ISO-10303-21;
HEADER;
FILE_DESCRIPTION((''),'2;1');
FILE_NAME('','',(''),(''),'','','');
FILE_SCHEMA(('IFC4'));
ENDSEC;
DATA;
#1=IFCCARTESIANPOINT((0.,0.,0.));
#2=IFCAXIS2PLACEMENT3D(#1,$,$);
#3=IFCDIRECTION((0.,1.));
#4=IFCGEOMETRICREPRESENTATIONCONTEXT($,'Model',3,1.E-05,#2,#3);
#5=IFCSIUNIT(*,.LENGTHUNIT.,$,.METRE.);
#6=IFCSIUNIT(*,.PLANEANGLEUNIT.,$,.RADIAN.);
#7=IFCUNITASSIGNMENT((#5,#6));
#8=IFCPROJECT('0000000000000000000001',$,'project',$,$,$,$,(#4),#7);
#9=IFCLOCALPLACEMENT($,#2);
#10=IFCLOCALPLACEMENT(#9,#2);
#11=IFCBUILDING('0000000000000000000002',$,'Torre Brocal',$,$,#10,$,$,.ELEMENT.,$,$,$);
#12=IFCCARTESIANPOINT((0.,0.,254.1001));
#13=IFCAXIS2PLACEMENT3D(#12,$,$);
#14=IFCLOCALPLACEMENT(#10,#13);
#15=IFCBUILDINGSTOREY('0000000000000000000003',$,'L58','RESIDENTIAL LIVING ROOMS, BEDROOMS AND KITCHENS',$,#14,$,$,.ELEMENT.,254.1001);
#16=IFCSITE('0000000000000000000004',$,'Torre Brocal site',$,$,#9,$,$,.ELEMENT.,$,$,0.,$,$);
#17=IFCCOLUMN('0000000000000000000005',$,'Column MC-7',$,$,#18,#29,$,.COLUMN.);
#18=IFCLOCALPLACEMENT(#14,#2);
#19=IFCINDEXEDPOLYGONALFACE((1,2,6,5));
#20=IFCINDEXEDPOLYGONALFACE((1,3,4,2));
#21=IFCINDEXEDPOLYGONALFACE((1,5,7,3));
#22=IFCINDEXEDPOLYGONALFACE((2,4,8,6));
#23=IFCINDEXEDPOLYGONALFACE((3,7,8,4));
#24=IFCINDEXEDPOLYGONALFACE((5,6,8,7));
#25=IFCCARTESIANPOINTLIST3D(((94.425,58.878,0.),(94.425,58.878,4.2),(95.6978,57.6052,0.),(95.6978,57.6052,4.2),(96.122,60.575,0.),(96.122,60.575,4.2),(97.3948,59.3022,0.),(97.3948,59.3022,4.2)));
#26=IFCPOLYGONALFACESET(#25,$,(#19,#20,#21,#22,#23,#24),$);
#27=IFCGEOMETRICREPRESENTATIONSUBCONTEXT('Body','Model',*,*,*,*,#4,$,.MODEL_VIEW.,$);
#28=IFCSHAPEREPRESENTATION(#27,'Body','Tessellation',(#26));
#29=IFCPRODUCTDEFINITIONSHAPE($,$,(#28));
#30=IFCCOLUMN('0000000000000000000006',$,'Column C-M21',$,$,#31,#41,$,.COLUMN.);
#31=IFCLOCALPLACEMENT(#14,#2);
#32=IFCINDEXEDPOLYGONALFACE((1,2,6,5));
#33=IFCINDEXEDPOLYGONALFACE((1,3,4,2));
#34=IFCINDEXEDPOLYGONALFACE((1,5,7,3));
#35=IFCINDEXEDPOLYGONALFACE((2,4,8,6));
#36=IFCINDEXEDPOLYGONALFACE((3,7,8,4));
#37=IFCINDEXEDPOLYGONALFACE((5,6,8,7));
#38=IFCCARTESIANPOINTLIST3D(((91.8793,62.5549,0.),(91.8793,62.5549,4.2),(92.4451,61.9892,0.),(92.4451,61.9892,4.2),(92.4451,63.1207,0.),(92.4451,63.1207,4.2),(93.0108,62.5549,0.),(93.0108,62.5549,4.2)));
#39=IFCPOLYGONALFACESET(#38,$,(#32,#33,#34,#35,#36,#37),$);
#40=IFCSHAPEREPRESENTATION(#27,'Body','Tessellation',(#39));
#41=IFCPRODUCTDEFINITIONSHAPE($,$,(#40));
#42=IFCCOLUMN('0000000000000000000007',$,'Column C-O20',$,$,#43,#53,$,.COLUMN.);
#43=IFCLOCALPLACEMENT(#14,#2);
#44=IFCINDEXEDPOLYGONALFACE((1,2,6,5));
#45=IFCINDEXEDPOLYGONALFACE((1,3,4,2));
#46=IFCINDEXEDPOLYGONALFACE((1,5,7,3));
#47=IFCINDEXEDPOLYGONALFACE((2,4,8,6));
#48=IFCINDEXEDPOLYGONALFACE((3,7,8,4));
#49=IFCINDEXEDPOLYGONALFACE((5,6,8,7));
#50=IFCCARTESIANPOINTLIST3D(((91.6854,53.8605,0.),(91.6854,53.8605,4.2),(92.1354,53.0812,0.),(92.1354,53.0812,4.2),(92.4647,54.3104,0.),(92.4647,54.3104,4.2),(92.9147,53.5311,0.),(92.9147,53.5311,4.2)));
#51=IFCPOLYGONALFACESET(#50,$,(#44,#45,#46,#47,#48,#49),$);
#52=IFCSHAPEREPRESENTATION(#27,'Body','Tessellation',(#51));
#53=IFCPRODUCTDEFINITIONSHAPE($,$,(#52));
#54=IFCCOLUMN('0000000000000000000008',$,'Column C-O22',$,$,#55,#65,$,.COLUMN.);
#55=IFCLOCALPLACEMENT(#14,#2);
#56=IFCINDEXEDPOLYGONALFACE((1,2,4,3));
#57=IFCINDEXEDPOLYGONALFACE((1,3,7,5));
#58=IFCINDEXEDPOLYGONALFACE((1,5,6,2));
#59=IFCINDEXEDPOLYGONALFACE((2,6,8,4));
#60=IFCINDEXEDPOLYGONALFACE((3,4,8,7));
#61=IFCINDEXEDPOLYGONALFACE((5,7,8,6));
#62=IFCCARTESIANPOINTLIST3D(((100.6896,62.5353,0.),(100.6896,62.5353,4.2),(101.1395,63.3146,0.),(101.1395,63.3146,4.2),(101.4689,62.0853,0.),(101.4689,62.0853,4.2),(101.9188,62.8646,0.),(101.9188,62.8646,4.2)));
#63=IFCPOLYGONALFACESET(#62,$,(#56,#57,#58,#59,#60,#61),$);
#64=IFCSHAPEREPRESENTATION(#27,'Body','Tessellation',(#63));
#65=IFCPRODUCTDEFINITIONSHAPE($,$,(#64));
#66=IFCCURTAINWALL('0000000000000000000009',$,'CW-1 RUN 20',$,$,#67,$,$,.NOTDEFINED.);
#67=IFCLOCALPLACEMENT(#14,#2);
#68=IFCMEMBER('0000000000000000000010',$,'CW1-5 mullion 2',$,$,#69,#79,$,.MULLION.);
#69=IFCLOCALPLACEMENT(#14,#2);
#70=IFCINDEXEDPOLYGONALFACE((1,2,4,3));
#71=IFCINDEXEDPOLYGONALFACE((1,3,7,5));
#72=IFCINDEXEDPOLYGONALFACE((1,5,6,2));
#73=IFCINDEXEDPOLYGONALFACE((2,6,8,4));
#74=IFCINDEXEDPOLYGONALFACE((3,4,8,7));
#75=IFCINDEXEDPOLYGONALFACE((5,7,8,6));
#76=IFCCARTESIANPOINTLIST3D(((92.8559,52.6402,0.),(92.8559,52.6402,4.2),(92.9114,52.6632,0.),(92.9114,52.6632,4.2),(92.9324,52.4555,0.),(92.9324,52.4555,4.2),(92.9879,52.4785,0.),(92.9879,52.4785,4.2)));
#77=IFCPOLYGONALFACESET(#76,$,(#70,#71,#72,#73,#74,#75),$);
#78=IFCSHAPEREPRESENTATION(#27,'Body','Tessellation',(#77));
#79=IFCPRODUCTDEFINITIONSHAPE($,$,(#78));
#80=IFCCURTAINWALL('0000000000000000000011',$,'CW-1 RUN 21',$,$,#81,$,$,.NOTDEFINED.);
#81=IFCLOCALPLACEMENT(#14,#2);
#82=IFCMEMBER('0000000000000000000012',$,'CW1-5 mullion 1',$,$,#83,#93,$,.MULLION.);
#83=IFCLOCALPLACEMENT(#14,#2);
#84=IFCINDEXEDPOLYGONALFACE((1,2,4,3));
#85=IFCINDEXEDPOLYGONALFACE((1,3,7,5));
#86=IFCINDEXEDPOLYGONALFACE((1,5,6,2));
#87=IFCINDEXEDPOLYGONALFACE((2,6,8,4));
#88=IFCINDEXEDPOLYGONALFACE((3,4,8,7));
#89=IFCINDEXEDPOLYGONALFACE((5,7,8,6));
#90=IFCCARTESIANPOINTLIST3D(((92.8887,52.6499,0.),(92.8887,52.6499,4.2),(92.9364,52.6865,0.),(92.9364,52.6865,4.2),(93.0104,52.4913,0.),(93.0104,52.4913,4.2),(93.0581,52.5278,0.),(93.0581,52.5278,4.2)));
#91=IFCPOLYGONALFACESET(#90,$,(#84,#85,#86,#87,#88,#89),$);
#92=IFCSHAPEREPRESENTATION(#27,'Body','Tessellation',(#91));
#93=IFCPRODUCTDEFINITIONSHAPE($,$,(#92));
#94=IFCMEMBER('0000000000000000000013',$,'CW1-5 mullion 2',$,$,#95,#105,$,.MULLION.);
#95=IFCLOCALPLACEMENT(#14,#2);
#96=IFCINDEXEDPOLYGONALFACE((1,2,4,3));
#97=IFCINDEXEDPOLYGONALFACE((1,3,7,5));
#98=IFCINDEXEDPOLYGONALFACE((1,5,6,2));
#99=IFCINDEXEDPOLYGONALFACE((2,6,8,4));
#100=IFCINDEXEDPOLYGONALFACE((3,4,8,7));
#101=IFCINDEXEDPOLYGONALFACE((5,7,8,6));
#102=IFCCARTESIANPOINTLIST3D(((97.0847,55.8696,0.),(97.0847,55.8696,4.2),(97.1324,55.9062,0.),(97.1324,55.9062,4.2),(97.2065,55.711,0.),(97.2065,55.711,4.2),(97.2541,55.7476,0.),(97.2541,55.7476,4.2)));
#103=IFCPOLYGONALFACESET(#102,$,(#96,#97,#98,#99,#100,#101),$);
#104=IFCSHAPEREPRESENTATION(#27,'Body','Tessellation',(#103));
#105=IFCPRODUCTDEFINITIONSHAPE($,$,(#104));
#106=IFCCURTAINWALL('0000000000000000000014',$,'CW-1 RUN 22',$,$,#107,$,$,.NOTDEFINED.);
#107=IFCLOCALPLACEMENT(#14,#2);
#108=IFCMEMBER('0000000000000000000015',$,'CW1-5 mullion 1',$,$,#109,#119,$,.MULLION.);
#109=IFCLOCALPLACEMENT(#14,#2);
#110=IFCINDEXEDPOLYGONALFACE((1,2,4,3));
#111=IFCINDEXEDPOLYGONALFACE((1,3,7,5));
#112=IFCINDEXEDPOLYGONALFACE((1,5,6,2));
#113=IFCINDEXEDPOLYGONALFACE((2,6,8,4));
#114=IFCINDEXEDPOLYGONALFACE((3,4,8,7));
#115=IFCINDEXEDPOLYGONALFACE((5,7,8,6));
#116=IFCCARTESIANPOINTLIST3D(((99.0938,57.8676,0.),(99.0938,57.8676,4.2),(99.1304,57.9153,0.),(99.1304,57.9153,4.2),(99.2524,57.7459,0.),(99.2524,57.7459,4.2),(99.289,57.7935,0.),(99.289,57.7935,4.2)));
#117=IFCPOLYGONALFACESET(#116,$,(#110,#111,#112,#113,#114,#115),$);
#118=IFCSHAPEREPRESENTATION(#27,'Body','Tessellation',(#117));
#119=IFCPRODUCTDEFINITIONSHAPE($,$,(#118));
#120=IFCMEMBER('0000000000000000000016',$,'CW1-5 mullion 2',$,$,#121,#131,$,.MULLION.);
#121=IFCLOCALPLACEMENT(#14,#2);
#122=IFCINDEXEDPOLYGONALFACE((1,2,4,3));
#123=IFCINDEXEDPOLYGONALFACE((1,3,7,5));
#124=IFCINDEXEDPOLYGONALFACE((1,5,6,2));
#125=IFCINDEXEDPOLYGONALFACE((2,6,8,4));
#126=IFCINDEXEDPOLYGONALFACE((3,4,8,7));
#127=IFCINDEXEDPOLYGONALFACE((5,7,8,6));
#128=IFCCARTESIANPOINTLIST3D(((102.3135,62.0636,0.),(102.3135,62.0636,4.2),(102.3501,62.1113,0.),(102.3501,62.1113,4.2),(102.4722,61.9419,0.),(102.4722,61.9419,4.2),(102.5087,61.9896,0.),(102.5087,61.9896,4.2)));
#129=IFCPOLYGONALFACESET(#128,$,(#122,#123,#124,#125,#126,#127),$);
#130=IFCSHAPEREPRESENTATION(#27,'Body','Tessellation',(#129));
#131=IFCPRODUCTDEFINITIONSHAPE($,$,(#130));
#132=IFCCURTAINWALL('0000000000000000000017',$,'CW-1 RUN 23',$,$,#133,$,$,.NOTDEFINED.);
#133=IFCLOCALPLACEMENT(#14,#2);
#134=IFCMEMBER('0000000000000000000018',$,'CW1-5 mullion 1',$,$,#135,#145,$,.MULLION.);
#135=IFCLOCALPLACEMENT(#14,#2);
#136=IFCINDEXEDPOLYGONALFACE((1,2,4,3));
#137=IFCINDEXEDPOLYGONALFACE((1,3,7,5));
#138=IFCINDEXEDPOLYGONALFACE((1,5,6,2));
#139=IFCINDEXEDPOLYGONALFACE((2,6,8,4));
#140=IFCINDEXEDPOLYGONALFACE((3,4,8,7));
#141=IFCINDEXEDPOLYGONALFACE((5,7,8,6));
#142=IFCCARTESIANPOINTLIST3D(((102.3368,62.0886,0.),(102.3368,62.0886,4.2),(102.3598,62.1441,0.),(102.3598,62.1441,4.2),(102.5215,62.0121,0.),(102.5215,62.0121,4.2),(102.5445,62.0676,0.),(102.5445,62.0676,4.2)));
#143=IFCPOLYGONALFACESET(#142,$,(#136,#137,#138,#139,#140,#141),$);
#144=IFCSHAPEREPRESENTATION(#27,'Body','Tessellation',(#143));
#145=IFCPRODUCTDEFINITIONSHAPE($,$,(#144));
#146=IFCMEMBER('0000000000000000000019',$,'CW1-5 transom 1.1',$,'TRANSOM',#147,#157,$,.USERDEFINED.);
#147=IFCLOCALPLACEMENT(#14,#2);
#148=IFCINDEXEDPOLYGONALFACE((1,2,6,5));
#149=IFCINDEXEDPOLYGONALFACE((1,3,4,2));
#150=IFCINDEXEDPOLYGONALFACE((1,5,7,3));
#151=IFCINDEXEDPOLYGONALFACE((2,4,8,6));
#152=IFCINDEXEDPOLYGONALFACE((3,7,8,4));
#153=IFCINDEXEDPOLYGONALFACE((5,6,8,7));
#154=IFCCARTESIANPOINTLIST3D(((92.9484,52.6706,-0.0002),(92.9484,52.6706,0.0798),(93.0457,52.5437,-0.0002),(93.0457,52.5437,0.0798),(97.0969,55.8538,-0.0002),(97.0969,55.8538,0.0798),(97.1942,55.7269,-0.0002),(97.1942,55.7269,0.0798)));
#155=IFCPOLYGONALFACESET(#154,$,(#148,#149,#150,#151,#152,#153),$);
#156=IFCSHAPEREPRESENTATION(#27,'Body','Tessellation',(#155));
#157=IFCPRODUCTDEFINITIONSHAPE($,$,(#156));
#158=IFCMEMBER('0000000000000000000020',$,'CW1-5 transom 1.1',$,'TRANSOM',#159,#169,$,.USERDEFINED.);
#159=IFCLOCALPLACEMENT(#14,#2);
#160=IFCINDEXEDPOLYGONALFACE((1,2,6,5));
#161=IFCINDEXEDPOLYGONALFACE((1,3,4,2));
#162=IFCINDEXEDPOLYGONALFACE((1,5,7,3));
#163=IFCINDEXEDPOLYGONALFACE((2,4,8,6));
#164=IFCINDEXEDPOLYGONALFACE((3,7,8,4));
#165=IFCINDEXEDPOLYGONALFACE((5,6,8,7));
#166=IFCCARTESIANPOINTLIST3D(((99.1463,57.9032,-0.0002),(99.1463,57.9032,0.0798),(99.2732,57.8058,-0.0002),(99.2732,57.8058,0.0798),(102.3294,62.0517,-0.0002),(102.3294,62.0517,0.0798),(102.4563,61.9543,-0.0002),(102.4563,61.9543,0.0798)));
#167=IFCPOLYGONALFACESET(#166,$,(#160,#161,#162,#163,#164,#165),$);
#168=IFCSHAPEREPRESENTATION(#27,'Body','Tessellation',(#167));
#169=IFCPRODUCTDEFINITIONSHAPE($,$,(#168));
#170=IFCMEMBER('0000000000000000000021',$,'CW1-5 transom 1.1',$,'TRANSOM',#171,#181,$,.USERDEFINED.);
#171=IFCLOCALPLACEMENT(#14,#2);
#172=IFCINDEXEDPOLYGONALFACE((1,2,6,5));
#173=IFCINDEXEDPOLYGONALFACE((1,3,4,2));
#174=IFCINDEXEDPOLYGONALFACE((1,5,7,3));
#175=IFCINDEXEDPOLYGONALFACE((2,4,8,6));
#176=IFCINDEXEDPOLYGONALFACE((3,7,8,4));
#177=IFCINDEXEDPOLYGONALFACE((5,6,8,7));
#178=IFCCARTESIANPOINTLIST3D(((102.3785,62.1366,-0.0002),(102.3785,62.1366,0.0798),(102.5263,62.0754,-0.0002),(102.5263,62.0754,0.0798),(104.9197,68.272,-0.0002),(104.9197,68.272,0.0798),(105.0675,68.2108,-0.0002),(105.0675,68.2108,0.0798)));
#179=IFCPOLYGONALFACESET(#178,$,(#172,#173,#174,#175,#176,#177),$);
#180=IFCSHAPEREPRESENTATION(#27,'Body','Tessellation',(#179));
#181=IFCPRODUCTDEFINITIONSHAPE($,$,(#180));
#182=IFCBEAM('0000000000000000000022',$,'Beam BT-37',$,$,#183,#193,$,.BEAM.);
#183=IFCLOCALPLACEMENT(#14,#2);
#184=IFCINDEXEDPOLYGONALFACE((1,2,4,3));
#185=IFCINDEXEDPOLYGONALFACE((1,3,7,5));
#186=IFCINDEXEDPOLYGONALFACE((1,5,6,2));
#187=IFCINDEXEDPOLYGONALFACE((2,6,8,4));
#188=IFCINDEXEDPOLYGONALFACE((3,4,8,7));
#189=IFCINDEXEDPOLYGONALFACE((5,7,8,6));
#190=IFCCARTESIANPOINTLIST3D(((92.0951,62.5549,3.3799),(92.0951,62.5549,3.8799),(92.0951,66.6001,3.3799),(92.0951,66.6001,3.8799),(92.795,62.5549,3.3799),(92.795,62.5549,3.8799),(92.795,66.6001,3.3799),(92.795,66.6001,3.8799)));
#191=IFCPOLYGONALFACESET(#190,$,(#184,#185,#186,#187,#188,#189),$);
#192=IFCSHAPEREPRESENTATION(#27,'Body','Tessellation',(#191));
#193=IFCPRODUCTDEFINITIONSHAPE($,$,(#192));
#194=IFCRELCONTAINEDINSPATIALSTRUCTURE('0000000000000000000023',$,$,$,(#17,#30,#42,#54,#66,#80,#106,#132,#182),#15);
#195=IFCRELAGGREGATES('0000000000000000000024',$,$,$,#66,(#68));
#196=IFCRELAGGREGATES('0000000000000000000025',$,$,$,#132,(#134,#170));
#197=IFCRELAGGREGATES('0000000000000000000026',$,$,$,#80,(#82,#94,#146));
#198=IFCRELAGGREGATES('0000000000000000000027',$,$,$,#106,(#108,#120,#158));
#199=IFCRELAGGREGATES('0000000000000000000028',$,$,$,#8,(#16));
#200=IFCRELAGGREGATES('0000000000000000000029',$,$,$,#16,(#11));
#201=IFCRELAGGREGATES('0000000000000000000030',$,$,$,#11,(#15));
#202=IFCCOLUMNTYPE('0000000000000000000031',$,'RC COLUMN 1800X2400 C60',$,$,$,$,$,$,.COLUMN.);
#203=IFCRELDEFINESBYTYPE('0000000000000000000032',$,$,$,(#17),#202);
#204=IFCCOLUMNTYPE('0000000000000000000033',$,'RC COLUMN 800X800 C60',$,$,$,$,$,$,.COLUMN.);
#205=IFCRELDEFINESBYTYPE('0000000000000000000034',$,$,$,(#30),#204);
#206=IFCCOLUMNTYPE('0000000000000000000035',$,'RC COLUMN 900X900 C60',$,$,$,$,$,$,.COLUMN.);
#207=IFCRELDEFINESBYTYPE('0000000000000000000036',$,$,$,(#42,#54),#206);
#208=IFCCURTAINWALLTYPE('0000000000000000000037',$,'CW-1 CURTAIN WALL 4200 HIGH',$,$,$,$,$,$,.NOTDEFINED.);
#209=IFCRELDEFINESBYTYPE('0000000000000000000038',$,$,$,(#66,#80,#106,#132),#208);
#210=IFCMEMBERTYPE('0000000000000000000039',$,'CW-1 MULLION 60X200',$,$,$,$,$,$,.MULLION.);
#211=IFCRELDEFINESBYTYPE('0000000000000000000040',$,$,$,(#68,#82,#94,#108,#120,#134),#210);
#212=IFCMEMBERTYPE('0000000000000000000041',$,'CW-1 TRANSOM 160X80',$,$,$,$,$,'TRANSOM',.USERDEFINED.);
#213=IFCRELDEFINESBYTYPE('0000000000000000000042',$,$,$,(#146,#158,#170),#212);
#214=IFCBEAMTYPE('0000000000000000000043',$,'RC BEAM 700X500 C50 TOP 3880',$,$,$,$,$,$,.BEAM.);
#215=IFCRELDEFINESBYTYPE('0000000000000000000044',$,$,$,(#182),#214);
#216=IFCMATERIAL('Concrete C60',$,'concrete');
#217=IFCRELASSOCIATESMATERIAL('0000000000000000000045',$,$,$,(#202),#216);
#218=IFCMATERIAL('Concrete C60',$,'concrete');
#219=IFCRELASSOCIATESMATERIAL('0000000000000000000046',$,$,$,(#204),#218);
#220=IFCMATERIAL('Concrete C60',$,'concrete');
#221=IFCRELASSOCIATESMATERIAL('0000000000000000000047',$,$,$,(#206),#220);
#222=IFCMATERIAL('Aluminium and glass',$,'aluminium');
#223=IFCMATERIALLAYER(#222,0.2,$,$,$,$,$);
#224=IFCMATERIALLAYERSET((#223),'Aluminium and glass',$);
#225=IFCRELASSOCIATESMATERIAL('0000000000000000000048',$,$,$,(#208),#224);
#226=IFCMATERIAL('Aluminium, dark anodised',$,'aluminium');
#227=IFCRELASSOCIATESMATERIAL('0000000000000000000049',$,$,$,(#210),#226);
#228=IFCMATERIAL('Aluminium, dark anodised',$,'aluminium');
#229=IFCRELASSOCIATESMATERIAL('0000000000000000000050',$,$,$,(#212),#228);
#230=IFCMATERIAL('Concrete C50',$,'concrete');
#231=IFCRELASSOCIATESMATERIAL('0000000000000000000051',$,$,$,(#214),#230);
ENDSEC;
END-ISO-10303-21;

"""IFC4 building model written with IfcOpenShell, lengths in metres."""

from ifc_helpers import new_model, si_unit, direction, frame, origin, origin_2d, place, context, subcontext, project, spatial, rectangle, extrude, material, layer, layer_set, material_profile, profile_set, type_object, element, aggregate, save


model = new_model("IFC4")

# Units and contexts
model_context = context("Model", 3, precision=1e-05, world=origin(), true_north=direction((0.0, 1.0)))
body_context = subcontext(model_context, "Body", "Model", "MODEL_VIEW")
ifc_project = project(units=[si_unit("LENGTHUNIT", "METRE"), si_unit("PLANEANGLEUNIT", "RADIAN")], contexts=[model_context])

# Site, building, storey
site_placement = place(None, origin())
site = spatial("IfcSite", under=ifc_project, at=site_placement, Name="Torre Brocal site", CompositionType="ELEMENT", RefElevation=0.0)
building_placement = place(site_placement, origin())
building = spatial("IfcBuilding", under=site, at=building_placement, Name="Torre Brocal", CompositionType="ELEMENT")
storey_placement = place(building_placement, frame((0.0, 0.0, 254.1001)))
storey = spatial("IfcBuildingStorey", under=building, at=storey_placement, Name="L58", Description="RESIDENTIAL LIVING ROOMS, BEDROOMS AND KITCHENS", CompositionType="ELEMENT", Elevation=254.1001)

# Columns
ifc_material_1 = material(Name="Concrete C60", Category="concrete")
ifc_material_profile_1 = material_profile(ifc_material_1, rectangle(XDim=1.8, YDim=2.3999, at=origin_2d()), Name="RC 1800X2400")
ifc_profile_set_1 = profile_set([ifc_material_profile_1], Name="Concrete C60")
column_type_1 = type_object("IfcColumnType", Name="RC COLUMN 1800X2400 C60", PredefinedType="COLUMN", material=ifc_profile_set_1)
column_1_placement = place(storey_placement, frame((95.9099, 59.0901, 0.0), z_axis=(0.0, 0.0, 1.0), x_axis=(0.707107, -0.707107, 0.0)))
element("IfcColumn", 1, at=column_1_placement, inside=storey, type_object=column_type_1, Name="Column MC-7", PredefinedType="COLUMN", context=body_context, shape_type="SweptSolid", body=[
    extrude(rectangle(XDim=1.8, YDim=2.3999, at=origin_2d()), origin(), (0.0, 0.0, 1.0), 4.2),
])
ifc_material_2 = material(Name="Concrete C60", Category="concrete")
ifc_material_profile_2 = material_profile(ifc_material_2, rectangle(XDim=0.8, YDim=0.8, at=origin_2d()), Name="RC 800X800")
ifc_profile_set_2 = profile_set([ifc_material_profile_2], Name="Concrete C60")
column_type_2 = type_object("IfcColumnType", Name="RC COLUMN 800X800 C60", PredefinedType="COLUMN", material=ifc_profile_set_2)
column_2_placement = place(storey_placement, frame((92.4451, 62.5549, 0.0), z_axis=(0.0, 0.0, 1.0), x_axis=(0.707107, -0.707107, 0.0)))
element("IfcColumn", 2, at=column_2_placement, inside=storey, type_object=column_type_2, Name="Column C-M21", PredefinedType="COLUMN", context=body_context, shape_type="SweptSolid", body=[
    extrude(rectangle(XDim=0.8, YDim=0.8, at=origin_2d()), origin(), (0.0, 0.0, 1.0), 4.2),
])
ifc_material_3 = material(Name="Concrete C60", Category="concrete")
ifc_material_profile_3 = material_profile(ifc_material_3, rectangle(XDim=0.8999, YDim=0.8999, at=origin_2d()), Name="RC 900X900")
ifc_profile_set_3 = profile_set([ifc_material_profile_3], Name="Concrete C60")
column_type_3 = type_object("IfcColumnType", Name="RC COLUMN 900X900 C60", PredefinedType="COLUMN", material=ifc_profile_set_3)
for number, where, z_axis, x_axis, name in (
    (3, (92.3, 53.6958, 0.0), (0.0, 0.0, 1.0), (0.5, -0.866025, 0.0), "Column C-O20"),
    (4, (101.3042, 62.7, 0.0), (0.0, 0.0, 1.0), (0.866025, -0.5, 0.0), "Column C-O22"),
):
    element("IfcColumn", number, at=place(storey_placement, frame(where, z_axis=z_axis, x_axis=x_axis)), inside=storey, type_object=column_type_3, Name=name, PredefinedType="COLUMN", context=body_context, shape_type="SweptSolid", body=[
        extrude(rectangle(XDim=0.8999, YDim=0.8999, at=origin_2d()), origin(), (0.0, 0.0, 1.0), 4.2),
    ])

# Curtain wall, member
ifc_material_4 = material(Name="Aluminium and glass", Category="aluminium")
ifc_layer_1 = layer(ifc_material_4, 0.2)
ifc_layer_set_1 = layer_set([ifc_layer_1], Name="Aluminium and glass")
curtain_wall_type = type_object("IfcCurtainWallType", Name="CW-1 CURTAIN WALL 4200 HIGH", PredefinedType="NOTDEFINED", material=ifc_layer_set_1)
curtain_wall_1_placement = place(storey_placement, origin())
curtain_wall_1 = element("IfcCurtainWall", 5, at=curtain_wall_1_placement, inside=storey, type_object=curtain_wall_type, Name="CW-1 RUN 20", PredefinedType="NOTDEFINED")
ifc_material_5 = material(Name="Aluminium, dark anodised", Category="aluminium")
ifc_material_profile_4 = material_profile(ifc_material_5, rectangle(XDim=0.2, YDim=0.0601, at=origin_2d()), Name="CW-1 MULLION 60X200")
ifc_profile_set_4 = profile_set([ifc_material_profile_4], Name="Aluminium, dark anodised")
member_type_1 = type_object("IfcMemberType", Name="CW-1 MULLION 60X200", PredefinedType="MULLION", material=ifc_profile_set_4)
member_1_placement = place(storey_placement, frame((92.9219, 52.5593, 0.0), z_axis=(0.0, 0.0, 1.0), x_axis=(-0.382683, 0.92388, 0.0)))
member_1 = element("IfcMember", 6, at=member_1_placement, type_object=member_type_1, Name="CW1-5 mullion 2", PredefinedType="MULLION", context=body_context, shape_type="SweptSolid", body=[
    extrude(rectangle(XDim=0.2, YDim=0.0601, at=origin_2d()), origin(), (0.0, 0.0, 1.0), 4.2),
])
aggregate(curtain_wall_1, [member_1])

# Curtain walls, members
curtain_wall_2_placement = place(storey_placement, origin())
curtain_wall_2 = element("IfcCurtainWall", 7, at=curtain_wall_2_placement, inside=storey, type_object=curtain_wall_type, Name="CW-1 RUN 21", PredefinedType="NOTDEFINED")
member_2_placement = place(storey_placement, frame((92.9734, 52.5889, 0.0), z_axis=(0.0, 0.0, 1.0), x_axis=(-0.608761, 0.793353, 0.0)))
member_2 = element("IfcMember", 8, at=member_2_placement, type_object=member_type_1, Name="CW1-5 mullion 1", PredefinedType="MULLION", context=body_context, shape_type="SweptSolid", body=[
    extrude(rectangle(XDim=0.2, YDim=0.0601, at=origin_2d()), origin(), (0.0, 0.0, 1.0), 4.2),
])
member_3_placement = place(storey_placement, frame((97.1694, 55.8086, 0.0), z_axis=(0.0, 0.0, 1.0), x_axis=(-0.608761, 0.793353, 0.0)))
member_3 = element("IfcMember", 9, at=member_3_placement, type_object=member_type_1, Name="CW1-5 mullion 2", PredefinedType="MULLION", context=body_context, shape_type="SweptSolid", body=[
    extrude(rectangle(XDim=0.2, YDim=0.0601, at=origin_2d()), origin(), (0.0, 0.0, 1.0), 4.2),
])
curtain_wall_3_placement = place(storey_placement, origin())
curtain_wall_3 = element("IfcCurtainWall", 10, at=curtain_wall_3_placement, inside=storey, type_object=curtain_wall_type, Name="CW-1 RUN 22", PredefinedType="NOTDEFINED")
member_4_placement = place(storey_placement, frame((99.1914, 57.8306, 0.0), z_axis=(0.0, 0.0, 1.0), x_axis=(-0.793353, 0.608761, 0.0)))
member_4 = element("IfcMember", 11, at=member_4_placement, type_object=member_type_1, Name="CW1-5 mullion 1", PredefinedType="MULLION", context=body_context, shape_type="SweptSolid", body=[
    extrude(rectangle(XDim=0.2, YDim=0.0601, at=origin_2d()), origin(), (0.0, 0.0, 1.0), 4.2),
])
member_5_placement = place(storey_placement, frame((102.4111, 62.0266, 0.0), z_axis=(0.0, 0.0, 1.0), x_axis=(-0.793353, 0.608761, 0.0)))
member_5 = element("IfcMember", 12, at=member_5_placement, type_object=member_type_1, Name="CW1-5 mullion 2", PredefinedType="MULLION", context=body_context, shape_type="SweptSolid", body=[
    extrude(rectangle(XDim=0.2, YDim=0.0601, at=origin_2d()), origin(), (0.0, 0.0, 1.0), 4.2),
])

# Curtain wall, member
curtain_wall_4_placement = place(storey_placement, origin())
curtain_wall_4 = element("IfcCurtainWall", 13, at=curtain_wall_4_placement, inside=storey, type_object=curtain_wall_type, Name="CW-1 RUN 23", PredefinedType="NOTDEFINED")
member_6_placement = place(storey_placement, frame((102.4407, 62.0781, 0.0), z_axis=(0.0, 0.0, 1.0), x_axis=(-0.92388, 0.382683, 0.0)))
member_6 = element("IfcMember", 14, at=member_6_placement, type_object=member_type_1, Name="CW1-5 mullion 1", PredefinedType="MULLION", context=body_context, shape_type="SweptSolid", body=[
    extrude(rectangle(XDim=0.2, YDim=0.0601, at=origin_2d()), origin(), (0.0, 0.0, 1.0), 4.2),
])

# Members
ifc_material_6 = material(Name="Aluminium, dark anodised", Category="aluminium")
ifc_material_profile_5 = material_profile(ifc_material_6, rectangle(XDim=0.1599, YDim=0.0801, at=origin_2d()), Name="CW-1 TRANSOM 160X80")
ifc_profile_set_5 = profile_set([ifc_material_profile_5], Name="Aluminium, dark anodised")
member_type_2 = type_object("IfcMemberType", Name="CW-1 TRANSOM 160X80", ElementType="TRANSOM", PredefinedType="USERDEFINED", material=ifc_profile_set_5)
member_7_placement = place(storey_placement, frame((92.9971, 52.6072, 0.0398), z_axis=(0.793363, 0.608749, 0.0), x_axis=(-0.608749, 0.793363, 0.0)))
member_7 = element("IfcMember", 15, at=member_7_placement, type_object=member_type_2, Name="CW1-5 transom 1.1", ObjectType="TRANSOM", PredefinedType="USERDEFINED", context=body_context, shape_type="SweptSolid", body=[
    extrude(rectangle(XDim=0.1599, YDim=0.0801, at=origin_2d()), origin(), (0.0, 0.0, 1.0), 5.229),
])
member_8_placement = place(storey_placement, frame((99.2097, 57.8545, 0.0398), z_axis=(0.608749, 0.793363, 0.0), x_axis=(-0.793363, 0.608749, 0.0)))
member_8 = element("IfcMember", 16, at=member_8_placement, type_object=member_type_2, Name="CW1-5 transom 1.1", ObjectType="TRANSOM", PredefinedType="USERDEFINED", context=body_context, shape_type="SweptSolid", body=[
    extrude(rectangle(XDim=0.1599, YDim=0.0801, at=origin_2d()), origin(), (0.0, 0.0, 1.0), 5.229),
])
member_9_placement = place(storey_placement, frame((102.4524, 62.106, 0.0398), z_axis=(0.382665, 0.923887, 0.0), x_axis=(-0.923887, 0.382665, 0.0)))
member_9 = element("IfcMember", 17, at=member_9_placement, type_object=member_type_2, Name="CW1-5 transom 1.1", ObjectType="TRANSOM", PredefinedType="USERDEFINED", context=body_context, shape_type="SweptSolid", body=[
    extrude(rectangle(XDim=0.1599, YDim=0.0801, at=origin_2d()), origin(), (0.0, 0.0, 1.0), 6.6409),
])
aggregate(curtain_wall_4, [member_6, member_9])

# Beam
ifc_material_7 = material(Name="Concrete C50", Category="concrete")
ifc_material_profile_6 = material_profile(ifc_material_7, rectangle(XDim=0.7, YDim=0.5, at=origin_2d()), Name="RC 700X500")
ifc_profile_set_6 = profile_set([ifc_material_profile_6], Name="Concrete C50")
beam_type_1 = type_object("IfcBeamType", Name="RC BEAM 700X500 C50 TOP 3880", PredefinedType="BEAM", material=ifc_profile_set_6)
beam_placement = place(storey_placement, frame((92.4451, 62.5549, 3.6299), z_axis=(0.0, 1.0, 0.0), x_axis=(-1.0, 0.0, 0.0)))
element("IfcBeam", 18, at=beam_placement, inside=storey, type_object=beam_type_1, Name="Beam BT-37", PredefinedType="BEAM", context=body_context, shape_type="SweptSolid", body=[
    extrude(rectangle(XDim=0.7, YDim=0.5, at=origin_2d()), origin(), (0.0, 0.0, 1.0), 4.0452),
])

aggregate(curtain_wall_2, [member_2, member_3, member_7])
aggregate(curtain_wall_3, [member_4, member_5, member_8])

save(model, "model.ifc")
